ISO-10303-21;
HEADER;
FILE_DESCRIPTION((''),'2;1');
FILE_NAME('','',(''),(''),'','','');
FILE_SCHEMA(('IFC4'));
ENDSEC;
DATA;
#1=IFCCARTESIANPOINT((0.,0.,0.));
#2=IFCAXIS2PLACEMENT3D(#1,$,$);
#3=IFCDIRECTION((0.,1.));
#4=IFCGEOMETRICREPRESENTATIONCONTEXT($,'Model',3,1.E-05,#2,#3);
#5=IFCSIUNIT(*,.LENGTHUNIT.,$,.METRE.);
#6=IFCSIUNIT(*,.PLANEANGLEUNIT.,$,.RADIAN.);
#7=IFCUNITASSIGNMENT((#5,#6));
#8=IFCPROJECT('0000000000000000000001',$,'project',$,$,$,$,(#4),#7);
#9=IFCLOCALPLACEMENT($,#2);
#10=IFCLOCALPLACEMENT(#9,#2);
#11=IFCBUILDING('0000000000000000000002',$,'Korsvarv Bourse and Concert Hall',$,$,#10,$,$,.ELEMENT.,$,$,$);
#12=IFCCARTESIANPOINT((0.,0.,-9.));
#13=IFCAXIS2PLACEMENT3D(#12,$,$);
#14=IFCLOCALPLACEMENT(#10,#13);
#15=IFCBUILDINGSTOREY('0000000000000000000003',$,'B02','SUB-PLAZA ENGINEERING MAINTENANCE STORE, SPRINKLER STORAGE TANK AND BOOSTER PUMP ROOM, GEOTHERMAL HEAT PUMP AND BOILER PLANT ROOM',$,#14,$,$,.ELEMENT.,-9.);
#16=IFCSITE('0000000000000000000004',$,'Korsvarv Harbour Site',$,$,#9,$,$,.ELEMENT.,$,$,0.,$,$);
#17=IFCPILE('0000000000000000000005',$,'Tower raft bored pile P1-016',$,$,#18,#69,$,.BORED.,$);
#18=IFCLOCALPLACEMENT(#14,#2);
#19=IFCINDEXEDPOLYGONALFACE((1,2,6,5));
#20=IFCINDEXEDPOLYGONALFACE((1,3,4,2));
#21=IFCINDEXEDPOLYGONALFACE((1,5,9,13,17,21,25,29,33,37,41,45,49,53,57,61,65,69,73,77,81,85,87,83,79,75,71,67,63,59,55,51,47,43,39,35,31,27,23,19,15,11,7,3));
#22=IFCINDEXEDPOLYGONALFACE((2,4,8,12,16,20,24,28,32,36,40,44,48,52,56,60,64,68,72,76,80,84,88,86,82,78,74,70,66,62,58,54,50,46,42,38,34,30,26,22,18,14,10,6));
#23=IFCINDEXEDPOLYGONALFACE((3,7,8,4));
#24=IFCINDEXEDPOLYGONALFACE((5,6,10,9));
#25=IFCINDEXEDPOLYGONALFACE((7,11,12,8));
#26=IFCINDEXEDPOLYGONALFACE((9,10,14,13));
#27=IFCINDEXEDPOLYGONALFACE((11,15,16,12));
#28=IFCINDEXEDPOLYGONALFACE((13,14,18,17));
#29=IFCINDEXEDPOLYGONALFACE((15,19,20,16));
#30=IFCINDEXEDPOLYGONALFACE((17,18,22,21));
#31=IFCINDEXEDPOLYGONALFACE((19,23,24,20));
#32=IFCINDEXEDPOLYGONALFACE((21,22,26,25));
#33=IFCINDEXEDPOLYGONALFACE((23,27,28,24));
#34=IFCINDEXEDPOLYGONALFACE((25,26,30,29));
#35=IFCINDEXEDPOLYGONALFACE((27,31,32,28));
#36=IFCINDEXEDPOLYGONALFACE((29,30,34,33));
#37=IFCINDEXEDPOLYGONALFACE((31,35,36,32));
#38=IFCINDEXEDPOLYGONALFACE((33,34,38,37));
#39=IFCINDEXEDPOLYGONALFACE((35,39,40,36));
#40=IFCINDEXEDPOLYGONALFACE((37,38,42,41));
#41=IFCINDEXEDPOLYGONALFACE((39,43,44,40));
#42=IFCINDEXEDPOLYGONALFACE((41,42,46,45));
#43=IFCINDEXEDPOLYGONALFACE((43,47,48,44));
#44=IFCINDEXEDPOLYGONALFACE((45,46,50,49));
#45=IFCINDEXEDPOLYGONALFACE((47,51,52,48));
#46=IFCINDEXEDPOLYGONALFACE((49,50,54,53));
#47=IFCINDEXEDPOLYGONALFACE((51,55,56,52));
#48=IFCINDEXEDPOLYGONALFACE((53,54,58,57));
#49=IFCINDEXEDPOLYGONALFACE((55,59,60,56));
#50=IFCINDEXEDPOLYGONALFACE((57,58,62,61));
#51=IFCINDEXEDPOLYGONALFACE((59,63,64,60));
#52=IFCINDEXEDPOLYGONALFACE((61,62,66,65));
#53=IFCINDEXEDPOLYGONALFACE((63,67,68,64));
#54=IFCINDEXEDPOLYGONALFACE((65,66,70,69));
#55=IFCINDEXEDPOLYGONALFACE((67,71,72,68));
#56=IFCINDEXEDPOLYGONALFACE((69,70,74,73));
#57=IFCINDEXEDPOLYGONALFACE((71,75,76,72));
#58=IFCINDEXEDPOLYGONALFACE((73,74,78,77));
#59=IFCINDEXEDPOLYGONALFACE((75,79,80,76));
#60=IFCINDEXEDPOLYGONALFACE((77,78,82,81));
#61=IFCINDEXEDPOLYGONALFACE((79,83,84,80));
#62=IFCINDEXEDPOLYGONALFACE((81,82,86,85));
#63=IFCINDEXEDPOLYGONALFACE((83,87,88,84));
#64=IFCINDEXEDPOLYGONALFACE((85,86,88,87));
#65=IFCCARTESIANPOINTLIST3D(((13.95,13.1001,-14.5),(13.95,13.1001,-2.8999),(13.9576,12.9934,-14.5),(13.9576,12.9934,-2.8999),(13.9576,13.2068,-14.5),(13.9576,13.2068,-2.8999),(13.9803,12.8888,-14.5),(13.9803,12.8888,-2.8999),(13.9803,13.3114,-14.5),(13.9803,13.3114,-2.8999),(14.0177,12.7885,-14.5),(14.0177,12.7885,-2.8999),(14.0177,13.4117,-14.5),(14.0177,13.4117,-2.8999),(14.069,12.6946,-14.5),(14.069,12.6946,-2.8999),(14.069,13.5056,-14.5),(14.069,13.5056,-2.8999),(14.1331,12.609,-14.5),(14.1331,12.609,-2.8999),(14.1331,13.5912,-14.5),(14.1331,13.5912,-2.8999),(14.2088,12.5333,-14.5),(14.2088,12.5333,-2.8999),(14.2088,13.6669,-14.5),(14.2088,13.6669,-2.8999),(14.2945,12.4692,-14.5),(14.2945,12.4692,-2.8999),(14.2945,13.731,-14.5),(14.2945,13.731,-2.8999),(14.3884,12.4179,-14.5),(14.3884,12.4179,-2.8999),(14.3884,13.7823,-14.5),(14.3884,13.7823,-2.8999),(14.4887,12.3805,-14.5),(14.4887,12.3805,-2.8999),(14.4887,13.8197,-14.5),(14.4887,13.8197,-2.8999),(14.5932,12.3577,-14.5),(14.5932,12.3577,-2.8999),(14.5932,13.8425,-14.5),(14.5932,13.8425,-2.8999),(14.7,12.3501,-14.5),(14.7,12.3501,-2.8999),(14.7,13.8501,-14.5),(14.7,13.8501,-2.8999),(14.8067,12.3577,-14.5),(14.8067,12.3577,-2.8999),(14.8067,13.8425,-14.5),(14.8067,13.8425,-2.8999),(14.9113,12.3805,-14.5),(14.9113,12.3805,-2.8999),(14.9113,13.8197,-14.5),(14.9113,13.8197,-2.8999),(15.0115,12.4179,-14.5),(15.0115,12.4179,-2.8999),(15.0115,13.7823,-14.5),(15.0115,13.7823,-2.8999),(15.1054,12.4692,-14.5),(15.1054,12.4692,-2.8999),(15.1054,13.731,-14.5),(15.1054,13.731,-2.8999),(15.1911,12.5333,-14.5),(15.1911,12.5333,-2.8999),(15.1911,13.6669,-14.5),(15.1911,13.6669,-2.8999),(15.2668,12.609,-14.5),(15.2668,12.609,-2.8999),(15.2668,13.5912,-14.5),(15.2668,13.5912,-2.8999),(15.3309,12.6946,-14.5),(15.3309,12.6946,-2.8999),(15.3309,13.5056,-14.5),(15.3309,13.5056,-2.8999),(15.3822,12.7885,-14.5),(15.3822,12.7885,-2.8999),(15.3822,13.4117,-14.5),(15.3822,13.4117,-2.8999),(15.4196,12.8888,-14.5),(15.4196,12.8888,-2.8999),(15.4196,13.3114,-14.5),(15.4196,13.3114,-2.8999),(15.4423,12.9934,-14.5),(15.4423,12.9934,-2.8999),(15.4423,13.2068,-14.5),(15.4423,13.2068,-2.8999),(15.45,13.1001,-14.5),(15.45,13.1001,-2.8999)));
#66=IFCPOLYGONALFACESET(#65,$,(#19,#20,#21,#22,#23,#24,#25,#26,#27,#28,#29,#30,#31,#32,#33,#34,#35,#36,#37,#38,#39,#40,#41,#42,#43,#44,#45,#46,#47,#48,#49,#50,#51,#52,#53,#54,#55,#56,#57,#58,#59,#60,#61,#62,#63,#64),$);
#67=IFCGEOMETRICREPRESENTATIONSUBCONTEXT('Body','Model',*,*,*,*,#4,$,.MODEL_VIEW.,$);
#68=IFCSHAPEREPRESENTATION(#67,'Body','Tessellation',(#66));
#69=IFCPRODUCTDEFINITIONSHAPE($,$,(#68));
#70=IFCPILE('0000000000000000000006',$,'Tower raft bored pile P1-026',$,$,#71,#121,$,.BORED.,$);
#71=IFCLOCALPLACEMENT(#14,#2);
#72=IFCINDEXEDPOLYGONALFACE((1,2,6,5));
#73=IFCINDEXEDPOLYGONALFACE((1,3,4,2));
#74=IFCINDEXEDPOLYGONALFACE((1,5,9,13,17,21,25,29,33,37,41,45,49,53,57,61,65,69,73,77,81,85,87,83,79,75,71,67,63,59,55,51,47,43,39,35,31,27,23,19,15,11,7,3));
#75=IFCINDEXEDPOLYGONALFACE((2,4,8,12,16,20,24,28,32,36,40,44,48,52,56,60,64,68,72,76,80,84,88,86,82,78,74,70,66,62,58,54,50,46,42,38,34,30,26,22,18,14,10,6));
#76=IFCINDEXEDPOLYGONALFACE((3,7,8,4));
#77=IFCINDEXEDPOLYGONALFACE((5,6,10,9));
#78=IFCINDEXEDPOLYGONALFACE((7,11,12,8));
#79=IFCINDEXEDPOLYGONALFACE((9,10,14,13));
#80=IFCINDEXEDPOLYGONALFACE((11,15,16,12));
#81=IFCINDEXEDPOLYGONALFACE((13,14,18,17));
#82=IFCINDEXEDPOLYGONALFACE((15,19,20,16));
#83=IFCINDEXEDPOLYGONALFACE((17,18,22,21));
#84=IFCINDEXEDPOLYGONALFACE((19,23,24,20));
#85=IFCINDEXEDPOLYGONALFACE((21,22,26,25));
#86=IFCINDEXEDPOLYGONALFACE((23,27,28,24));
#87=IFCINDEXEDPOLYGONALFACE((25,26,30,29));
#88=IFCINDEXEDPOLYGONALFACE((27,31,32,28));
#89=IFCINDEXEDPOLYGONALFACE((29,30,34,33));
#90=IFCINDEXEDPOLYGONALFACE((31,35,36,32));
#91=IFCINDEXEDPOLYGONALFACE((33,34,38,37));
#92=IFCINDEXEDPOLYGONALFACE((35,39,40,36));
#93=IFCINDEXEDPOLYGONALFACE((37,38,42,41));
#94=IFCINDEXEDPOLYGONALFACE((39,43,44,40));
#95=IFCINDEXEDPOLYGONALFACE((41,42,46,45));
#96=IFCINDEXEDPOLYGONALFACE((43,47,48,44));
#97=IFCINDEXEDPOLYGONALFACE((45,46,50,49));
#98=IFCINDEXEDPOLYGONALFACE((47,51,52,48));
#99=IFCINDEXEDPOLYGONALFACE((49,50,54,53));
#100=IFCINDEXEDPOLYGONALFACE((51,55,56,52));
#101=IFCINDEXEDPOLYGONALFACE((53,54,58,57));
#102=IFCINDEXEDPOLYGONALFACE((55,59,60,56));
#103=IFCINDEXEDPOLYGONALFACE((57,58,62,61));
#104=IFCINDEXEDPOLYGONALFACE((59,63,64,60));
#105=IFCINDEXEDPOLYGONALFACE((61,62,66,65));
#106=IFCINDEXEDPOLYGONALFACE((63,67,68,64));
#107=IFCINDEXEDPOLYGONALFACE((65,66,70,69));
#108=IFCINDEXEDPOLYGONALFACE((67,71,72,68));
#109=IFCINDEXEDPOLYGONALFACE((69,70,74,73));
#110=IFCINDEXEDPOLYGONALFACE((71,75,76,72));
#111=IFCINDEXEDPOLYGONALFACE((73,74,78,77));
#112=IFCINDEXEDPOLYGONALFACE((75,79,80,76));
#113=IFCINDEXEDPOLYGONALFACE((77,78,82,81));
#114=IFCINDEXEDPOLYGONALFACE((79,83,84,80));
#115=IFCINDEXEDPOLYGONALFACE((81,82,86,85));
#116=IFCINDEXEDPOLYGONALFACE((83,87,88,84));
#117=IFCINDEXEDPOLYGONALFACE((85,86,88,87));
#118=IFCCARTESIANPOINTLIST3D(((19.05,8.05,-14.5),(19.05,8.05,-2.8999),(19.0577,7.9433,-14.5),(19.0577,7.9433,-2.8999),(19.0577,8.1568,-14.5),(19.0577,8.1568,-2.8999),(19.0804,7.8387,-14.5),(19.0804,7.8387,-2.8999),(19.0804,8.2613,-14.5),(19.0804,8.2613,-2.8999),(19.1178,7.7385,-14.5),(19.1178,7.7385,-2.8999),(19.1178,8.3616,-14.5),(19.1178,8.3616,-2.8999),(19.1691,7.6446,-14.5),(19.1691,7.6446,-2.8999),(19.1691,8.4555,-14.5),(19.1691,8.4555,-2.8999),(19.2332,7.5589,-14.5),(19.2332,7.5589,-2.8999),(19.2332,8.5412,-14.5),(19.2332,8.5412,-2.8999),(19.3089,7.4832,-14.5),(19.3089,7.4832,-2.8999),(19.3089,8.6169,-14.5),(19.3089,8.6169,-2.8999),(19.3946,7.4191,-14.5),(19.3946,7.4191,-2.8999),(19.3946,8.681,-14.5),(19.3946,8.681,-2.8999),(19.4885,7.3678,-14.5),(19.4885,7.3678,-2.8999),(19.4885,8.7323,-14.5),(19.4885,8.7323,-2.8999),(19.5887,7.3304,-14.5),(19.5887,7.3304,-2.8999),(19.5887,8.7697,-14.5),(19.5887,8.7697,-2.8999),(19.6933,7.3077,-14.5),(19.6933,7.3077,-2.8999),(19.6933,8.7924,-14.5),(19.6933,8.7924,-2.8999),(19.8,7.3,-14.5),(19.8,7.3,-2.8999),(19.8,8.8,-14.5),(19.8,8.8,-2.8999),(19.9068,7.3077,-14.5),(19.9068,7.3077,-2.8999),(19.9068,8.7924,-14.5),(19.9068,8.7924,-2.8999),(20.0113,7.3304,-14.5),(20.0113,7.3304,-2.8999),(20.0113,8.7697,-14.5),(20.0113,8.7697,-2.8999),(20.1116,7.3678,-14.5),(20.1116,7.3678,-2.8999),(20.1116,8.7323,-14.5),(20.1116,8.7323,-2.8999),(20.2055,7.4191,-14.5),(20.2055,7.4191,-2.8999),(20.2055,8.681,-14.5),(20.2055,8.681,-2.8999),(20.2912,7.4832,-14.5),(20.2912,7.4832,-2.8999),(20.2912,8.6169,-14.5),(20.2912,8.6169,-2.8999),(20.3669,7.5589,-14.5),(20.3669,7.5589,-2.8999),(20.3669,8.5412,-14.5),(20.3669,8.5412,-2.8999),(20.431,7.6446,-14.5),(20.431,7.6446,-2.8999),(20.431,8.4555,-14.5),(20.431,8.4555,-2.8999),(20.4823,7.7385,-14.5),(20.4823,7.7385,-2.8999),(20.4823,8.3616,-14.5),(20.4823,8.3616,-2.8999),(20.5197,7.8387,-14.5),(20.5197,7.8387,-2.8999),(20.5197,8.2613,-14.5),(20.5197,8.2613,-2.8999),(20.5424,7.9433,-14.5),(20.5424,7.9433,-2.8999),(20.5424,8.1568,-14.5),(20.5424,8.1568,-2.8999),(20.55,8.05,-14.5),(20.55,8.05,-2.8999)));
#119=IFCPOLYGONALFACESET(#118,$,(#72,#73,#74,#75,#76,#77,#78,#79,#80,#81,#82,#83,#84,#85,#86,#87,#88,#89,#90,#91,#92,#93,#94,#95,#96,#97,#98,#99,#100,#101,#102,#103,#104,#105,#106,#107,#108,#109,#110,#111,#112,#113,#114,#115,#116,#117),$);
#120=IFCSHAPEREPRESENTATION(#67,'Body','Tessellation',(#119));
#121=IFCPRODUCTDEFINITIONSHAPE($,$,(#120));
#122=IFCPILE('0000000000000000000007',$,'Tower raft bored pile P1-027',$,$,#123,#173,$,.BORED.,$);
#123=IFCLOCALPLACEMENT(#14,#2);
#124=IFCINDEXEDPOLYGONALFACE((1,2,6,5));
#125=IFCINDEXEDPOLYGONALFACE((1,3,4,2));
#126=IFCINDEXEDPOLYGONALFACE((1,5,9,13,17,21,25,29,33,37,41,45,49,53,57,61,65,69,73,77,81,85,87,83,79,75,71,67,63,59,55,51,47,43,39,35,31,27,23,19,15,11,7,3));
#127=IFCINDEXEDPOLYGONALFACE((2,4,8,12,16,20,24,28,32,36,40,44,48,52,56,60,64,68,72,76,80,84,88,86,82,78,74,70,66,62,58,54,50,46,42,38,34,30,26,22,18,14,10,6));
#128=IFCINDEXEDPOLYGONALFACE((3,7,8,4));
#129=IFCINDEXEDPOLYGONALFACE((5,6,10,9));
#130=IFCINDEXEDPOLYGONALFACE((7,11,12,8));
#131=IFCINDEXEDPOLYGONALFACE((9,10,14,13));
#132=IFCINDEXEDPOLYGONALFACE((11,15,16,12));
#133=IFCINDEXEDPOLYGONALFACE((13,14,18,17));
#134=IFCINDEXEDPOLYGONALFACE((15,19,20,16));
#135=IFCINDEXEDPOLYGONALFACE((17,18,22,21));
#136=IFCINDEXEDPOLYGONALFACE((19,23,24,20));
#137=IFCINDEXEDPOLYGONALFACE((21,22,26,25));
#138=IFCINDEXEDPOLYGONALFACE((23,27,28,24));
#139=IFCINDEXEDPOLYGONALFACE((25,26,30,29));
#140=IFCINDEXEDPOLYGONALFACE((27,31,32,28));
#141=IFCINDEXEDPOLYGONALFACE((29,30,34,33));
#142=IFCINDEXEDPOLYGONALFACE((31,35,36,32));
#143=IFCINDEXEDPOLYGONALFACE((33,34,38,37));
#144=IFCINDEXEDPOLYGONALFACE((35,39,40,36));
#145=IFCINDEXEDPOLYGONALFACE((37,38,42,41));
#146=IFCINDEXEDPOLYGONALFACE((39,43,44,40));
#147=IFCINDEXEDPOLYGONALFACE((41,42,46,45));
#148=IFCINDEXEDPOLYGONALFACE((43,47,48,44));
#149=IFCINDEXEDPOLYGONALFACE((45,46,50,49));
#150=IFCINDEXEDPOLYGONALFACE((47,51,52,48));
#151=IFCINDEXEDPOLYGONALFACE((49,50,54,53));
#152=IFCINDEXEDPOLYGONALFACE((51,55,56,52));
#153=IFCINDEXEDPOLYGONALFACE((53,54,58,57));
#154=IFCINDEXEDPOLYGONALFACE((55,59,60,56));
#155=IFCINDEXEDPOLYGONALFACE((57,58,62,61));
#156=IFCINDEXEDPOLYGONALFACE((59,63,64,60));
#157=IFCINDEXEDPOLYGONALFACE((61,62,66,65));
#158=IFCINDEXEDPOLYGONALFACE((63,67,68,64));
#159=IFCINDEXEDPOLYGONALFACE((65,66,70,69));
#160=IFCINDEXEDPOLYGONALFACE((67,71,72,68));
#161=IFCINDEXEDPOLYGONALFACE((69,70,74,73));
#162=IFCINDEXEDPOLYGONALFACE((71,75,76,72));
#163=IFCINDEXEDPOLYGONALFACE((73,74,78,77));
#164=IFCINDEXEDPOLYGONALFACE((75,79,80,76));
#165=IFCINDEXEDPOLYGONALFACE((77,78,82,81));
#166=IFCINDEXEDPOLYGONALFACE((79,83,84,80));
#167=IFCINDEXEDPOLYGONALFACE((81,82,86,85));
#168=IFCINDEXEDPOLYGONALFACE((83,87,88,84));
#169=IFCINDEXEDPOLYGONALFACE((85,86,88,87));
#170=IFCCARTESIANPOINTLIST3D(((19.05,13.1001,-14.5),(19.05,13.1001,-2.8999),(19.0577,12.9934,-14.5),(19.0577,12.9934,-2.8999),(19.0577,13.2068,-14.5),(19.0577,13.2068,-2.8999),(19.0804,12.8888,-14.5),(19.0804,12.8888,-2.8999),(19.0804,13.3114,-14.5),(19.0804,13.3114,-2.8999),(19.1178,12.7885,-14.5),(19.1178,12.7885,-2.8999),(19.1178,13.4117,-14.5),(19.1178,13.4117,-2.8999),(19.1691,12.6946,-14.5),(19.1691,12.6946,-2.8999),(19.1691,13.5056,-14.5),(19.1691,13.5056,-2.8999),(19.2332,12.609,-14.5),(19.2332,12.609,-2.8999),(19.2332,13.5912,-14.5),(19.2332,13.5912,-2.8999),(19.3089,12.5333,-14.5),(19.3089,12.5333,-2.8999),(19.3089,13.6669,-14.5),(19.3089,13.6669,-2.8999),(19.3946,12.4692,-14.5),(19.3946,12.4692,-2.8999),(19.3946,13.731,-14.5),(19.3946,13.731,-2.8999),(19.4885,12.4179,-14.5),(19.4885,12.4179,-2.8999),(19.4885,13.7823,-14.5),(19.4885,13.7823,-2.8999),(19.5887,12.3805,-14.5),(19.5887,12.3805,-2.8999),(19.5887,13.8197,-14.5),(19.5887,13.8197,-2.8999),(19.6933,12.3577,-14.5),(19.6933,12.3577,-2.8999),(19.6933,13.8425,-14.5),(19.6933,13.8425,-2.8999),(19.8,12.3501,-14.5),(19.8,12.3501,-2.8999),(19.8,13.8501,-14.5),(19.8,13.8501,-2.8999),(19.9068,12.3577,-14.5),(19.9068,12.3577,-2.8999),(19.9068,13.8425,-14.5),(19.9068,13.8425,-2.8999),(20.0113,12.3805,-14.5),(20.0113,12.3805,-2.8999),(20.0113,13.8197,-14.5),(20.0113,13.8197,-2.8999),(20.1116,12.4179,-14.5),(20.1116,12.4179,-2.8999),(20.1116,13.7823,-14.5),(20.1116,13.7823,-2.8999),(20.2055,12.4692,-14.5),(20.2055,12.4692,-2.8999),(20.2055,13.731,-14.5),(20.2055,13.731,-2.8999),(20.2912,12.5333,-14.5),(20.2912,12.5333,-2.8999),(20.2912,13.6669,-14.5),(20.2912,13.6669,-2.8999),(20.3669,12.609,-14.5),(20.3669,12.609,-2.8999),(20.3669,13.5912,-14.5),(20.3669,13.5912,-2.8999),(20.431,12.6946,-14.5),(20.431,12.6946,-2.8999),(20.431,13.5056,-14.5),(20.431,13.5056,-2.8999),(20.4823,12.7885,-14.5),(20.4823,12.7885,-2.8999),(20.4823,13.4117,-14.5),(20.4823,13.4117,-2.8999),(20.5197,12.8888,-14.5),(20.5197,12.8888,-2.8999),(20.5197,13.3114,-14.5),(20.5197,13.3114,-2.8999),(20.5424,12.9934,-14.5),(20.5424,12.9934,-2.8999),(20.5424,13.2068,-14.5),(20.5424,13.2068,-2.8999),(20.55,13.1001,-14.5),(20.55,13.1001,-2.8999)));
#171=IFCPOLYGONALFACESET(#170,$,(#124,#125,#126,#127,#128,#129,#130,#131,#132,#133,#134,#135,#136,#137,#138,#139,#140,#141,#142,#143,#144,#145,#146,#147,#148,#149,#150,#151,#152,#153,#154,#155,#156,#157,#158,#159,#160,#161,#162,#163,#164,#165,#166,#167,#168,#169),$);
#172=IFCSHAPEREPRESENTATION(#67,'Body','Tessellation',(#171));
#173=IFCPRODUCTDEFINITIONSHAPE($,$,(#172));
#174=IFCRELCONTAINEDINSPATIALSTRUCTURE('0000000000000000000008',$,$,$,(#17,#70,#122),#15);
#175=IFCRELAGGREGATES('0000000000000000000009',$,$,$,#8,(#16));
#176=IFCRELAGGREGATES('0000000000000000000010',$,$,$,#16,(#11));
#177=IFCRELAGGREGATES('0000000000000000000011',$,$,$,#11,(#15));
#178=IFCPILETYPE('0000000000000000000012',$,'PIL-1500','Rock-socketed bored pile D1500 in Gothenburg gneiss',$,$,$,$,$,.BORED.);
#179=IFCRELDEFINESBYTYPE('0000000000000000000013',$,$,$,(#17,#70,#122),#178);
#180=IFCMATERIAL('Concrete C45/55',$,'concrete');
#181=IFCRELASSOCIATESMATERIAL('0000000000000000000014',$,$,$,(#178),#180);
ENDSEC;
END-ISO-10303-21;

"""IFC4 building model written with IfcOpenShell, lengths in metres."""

from ifc_helpers import new_model, si_unit, direction, frame, origin, origin_2d, place, context, subcontext, project, spatial, circle, extrude, source, transform, mapped, material, material_profile, profile_set, type_object, element, save


model = new_model("IFC4")

# Units and contexts
model_context = context("Model", 3, precision=1e-05, world=origin(), true_north=direction((0.0, 1.0)))
body_context = subcontext(model_context, "Body", "Model", "MODEL_VIEW")
ifc_project = project(units=[si_unit("LENGTHUNIT", "METRE"), si_unit("PLANEANGLEUNIT", "RADIAN")], contexts=[model_context])

# Site, building, storey
site_placement = place(None, origin())
site = spatial("IfcSite", under=ifc_project, at=site_placement, Name="Korsvarv Harbour Site", CompositionType="ELEMENT", RefElevation=0.0)
building_placement = place(site_placement, origin())
building = spatial("IfcBuilding", under=site, at=building_placement, Name="Korsvarv Bourse and Concert Hall", CompositionType="ELEMENT")
storey_placement = place(building_placement, frame((0.0, 0.0, -9.0)))
storey = spatial("IfcBuildingStorey", under=building, at=storey_placement, Name="B02", Description="SUB-PLAZA ENGINEERING MAINTENANCE STORE, SPRINKLER STORAGE TANK AND BOOSTER PUMP ROOM, GEOTHERMAL HEAT PUMP AND BOILER PLANT ROOM", CompositionType="ELEMENT", Elevation=-9.0)

# Piles
ifc_material_1 = material(Name="Concrete C45/55", Category="concrete")
ifc_material_profile_1 = material_profile(ifc_material_1, circle(Radius=0.75, at=origin_2d()), Name="PILE D1500")
ifc_profile_set_1 = profile_set([ifc_material_profile_1], Name="Concrete C45/55")
pile_type = type_object("IfcPileType", Name="PIL-1500", Description="Rock-socketed bored pile D1500 in Gothenburg gneiss", PredefinedType="BORED", material=ifc_profile_set_1)
shared_shape_1 = source(origin(), body_context, "Body", "SweptSolid", [
    extrude(circle(Radius=0.75, at=origin_2d()), origin(), (0.0, 0.0, 1.0), 11.6001),
])
for number, where, z_axis, x_axis, name in (
    (1, (14.7, 13.1001, -2.8999), (0.0, 0.0, -1.0), (1.0, 0.0, 0.0), "Tower raft bored pile P1-016"),
    (2, (19.8, 8.05, -2.8999), (0.0, 0.0, -1.0), (1.0, 0.0, 0.0), "Tower raft bored pile P1-026"),
    (3, (19.8, 13.1001, -2.8999), (0.0, 0.0, -1.0), (1.0, 0.0, 0.0), "Tower raft bored pile P1-027"),
):
    element("IfcPile", number, at=place(storey_placement, frame(where, z_axis=z_axis, x_axis=x_axis)), inside=storey, type_object=pile_type, Name=name, PredefinedType="BORED", context=body_context, shape_type="MappedRepresentation", body=[
        mapped(shared_shape_1, transform((0.0, 0.0, 0.0), scale=1.0)),
    ])

save(model, "model.ifc")
